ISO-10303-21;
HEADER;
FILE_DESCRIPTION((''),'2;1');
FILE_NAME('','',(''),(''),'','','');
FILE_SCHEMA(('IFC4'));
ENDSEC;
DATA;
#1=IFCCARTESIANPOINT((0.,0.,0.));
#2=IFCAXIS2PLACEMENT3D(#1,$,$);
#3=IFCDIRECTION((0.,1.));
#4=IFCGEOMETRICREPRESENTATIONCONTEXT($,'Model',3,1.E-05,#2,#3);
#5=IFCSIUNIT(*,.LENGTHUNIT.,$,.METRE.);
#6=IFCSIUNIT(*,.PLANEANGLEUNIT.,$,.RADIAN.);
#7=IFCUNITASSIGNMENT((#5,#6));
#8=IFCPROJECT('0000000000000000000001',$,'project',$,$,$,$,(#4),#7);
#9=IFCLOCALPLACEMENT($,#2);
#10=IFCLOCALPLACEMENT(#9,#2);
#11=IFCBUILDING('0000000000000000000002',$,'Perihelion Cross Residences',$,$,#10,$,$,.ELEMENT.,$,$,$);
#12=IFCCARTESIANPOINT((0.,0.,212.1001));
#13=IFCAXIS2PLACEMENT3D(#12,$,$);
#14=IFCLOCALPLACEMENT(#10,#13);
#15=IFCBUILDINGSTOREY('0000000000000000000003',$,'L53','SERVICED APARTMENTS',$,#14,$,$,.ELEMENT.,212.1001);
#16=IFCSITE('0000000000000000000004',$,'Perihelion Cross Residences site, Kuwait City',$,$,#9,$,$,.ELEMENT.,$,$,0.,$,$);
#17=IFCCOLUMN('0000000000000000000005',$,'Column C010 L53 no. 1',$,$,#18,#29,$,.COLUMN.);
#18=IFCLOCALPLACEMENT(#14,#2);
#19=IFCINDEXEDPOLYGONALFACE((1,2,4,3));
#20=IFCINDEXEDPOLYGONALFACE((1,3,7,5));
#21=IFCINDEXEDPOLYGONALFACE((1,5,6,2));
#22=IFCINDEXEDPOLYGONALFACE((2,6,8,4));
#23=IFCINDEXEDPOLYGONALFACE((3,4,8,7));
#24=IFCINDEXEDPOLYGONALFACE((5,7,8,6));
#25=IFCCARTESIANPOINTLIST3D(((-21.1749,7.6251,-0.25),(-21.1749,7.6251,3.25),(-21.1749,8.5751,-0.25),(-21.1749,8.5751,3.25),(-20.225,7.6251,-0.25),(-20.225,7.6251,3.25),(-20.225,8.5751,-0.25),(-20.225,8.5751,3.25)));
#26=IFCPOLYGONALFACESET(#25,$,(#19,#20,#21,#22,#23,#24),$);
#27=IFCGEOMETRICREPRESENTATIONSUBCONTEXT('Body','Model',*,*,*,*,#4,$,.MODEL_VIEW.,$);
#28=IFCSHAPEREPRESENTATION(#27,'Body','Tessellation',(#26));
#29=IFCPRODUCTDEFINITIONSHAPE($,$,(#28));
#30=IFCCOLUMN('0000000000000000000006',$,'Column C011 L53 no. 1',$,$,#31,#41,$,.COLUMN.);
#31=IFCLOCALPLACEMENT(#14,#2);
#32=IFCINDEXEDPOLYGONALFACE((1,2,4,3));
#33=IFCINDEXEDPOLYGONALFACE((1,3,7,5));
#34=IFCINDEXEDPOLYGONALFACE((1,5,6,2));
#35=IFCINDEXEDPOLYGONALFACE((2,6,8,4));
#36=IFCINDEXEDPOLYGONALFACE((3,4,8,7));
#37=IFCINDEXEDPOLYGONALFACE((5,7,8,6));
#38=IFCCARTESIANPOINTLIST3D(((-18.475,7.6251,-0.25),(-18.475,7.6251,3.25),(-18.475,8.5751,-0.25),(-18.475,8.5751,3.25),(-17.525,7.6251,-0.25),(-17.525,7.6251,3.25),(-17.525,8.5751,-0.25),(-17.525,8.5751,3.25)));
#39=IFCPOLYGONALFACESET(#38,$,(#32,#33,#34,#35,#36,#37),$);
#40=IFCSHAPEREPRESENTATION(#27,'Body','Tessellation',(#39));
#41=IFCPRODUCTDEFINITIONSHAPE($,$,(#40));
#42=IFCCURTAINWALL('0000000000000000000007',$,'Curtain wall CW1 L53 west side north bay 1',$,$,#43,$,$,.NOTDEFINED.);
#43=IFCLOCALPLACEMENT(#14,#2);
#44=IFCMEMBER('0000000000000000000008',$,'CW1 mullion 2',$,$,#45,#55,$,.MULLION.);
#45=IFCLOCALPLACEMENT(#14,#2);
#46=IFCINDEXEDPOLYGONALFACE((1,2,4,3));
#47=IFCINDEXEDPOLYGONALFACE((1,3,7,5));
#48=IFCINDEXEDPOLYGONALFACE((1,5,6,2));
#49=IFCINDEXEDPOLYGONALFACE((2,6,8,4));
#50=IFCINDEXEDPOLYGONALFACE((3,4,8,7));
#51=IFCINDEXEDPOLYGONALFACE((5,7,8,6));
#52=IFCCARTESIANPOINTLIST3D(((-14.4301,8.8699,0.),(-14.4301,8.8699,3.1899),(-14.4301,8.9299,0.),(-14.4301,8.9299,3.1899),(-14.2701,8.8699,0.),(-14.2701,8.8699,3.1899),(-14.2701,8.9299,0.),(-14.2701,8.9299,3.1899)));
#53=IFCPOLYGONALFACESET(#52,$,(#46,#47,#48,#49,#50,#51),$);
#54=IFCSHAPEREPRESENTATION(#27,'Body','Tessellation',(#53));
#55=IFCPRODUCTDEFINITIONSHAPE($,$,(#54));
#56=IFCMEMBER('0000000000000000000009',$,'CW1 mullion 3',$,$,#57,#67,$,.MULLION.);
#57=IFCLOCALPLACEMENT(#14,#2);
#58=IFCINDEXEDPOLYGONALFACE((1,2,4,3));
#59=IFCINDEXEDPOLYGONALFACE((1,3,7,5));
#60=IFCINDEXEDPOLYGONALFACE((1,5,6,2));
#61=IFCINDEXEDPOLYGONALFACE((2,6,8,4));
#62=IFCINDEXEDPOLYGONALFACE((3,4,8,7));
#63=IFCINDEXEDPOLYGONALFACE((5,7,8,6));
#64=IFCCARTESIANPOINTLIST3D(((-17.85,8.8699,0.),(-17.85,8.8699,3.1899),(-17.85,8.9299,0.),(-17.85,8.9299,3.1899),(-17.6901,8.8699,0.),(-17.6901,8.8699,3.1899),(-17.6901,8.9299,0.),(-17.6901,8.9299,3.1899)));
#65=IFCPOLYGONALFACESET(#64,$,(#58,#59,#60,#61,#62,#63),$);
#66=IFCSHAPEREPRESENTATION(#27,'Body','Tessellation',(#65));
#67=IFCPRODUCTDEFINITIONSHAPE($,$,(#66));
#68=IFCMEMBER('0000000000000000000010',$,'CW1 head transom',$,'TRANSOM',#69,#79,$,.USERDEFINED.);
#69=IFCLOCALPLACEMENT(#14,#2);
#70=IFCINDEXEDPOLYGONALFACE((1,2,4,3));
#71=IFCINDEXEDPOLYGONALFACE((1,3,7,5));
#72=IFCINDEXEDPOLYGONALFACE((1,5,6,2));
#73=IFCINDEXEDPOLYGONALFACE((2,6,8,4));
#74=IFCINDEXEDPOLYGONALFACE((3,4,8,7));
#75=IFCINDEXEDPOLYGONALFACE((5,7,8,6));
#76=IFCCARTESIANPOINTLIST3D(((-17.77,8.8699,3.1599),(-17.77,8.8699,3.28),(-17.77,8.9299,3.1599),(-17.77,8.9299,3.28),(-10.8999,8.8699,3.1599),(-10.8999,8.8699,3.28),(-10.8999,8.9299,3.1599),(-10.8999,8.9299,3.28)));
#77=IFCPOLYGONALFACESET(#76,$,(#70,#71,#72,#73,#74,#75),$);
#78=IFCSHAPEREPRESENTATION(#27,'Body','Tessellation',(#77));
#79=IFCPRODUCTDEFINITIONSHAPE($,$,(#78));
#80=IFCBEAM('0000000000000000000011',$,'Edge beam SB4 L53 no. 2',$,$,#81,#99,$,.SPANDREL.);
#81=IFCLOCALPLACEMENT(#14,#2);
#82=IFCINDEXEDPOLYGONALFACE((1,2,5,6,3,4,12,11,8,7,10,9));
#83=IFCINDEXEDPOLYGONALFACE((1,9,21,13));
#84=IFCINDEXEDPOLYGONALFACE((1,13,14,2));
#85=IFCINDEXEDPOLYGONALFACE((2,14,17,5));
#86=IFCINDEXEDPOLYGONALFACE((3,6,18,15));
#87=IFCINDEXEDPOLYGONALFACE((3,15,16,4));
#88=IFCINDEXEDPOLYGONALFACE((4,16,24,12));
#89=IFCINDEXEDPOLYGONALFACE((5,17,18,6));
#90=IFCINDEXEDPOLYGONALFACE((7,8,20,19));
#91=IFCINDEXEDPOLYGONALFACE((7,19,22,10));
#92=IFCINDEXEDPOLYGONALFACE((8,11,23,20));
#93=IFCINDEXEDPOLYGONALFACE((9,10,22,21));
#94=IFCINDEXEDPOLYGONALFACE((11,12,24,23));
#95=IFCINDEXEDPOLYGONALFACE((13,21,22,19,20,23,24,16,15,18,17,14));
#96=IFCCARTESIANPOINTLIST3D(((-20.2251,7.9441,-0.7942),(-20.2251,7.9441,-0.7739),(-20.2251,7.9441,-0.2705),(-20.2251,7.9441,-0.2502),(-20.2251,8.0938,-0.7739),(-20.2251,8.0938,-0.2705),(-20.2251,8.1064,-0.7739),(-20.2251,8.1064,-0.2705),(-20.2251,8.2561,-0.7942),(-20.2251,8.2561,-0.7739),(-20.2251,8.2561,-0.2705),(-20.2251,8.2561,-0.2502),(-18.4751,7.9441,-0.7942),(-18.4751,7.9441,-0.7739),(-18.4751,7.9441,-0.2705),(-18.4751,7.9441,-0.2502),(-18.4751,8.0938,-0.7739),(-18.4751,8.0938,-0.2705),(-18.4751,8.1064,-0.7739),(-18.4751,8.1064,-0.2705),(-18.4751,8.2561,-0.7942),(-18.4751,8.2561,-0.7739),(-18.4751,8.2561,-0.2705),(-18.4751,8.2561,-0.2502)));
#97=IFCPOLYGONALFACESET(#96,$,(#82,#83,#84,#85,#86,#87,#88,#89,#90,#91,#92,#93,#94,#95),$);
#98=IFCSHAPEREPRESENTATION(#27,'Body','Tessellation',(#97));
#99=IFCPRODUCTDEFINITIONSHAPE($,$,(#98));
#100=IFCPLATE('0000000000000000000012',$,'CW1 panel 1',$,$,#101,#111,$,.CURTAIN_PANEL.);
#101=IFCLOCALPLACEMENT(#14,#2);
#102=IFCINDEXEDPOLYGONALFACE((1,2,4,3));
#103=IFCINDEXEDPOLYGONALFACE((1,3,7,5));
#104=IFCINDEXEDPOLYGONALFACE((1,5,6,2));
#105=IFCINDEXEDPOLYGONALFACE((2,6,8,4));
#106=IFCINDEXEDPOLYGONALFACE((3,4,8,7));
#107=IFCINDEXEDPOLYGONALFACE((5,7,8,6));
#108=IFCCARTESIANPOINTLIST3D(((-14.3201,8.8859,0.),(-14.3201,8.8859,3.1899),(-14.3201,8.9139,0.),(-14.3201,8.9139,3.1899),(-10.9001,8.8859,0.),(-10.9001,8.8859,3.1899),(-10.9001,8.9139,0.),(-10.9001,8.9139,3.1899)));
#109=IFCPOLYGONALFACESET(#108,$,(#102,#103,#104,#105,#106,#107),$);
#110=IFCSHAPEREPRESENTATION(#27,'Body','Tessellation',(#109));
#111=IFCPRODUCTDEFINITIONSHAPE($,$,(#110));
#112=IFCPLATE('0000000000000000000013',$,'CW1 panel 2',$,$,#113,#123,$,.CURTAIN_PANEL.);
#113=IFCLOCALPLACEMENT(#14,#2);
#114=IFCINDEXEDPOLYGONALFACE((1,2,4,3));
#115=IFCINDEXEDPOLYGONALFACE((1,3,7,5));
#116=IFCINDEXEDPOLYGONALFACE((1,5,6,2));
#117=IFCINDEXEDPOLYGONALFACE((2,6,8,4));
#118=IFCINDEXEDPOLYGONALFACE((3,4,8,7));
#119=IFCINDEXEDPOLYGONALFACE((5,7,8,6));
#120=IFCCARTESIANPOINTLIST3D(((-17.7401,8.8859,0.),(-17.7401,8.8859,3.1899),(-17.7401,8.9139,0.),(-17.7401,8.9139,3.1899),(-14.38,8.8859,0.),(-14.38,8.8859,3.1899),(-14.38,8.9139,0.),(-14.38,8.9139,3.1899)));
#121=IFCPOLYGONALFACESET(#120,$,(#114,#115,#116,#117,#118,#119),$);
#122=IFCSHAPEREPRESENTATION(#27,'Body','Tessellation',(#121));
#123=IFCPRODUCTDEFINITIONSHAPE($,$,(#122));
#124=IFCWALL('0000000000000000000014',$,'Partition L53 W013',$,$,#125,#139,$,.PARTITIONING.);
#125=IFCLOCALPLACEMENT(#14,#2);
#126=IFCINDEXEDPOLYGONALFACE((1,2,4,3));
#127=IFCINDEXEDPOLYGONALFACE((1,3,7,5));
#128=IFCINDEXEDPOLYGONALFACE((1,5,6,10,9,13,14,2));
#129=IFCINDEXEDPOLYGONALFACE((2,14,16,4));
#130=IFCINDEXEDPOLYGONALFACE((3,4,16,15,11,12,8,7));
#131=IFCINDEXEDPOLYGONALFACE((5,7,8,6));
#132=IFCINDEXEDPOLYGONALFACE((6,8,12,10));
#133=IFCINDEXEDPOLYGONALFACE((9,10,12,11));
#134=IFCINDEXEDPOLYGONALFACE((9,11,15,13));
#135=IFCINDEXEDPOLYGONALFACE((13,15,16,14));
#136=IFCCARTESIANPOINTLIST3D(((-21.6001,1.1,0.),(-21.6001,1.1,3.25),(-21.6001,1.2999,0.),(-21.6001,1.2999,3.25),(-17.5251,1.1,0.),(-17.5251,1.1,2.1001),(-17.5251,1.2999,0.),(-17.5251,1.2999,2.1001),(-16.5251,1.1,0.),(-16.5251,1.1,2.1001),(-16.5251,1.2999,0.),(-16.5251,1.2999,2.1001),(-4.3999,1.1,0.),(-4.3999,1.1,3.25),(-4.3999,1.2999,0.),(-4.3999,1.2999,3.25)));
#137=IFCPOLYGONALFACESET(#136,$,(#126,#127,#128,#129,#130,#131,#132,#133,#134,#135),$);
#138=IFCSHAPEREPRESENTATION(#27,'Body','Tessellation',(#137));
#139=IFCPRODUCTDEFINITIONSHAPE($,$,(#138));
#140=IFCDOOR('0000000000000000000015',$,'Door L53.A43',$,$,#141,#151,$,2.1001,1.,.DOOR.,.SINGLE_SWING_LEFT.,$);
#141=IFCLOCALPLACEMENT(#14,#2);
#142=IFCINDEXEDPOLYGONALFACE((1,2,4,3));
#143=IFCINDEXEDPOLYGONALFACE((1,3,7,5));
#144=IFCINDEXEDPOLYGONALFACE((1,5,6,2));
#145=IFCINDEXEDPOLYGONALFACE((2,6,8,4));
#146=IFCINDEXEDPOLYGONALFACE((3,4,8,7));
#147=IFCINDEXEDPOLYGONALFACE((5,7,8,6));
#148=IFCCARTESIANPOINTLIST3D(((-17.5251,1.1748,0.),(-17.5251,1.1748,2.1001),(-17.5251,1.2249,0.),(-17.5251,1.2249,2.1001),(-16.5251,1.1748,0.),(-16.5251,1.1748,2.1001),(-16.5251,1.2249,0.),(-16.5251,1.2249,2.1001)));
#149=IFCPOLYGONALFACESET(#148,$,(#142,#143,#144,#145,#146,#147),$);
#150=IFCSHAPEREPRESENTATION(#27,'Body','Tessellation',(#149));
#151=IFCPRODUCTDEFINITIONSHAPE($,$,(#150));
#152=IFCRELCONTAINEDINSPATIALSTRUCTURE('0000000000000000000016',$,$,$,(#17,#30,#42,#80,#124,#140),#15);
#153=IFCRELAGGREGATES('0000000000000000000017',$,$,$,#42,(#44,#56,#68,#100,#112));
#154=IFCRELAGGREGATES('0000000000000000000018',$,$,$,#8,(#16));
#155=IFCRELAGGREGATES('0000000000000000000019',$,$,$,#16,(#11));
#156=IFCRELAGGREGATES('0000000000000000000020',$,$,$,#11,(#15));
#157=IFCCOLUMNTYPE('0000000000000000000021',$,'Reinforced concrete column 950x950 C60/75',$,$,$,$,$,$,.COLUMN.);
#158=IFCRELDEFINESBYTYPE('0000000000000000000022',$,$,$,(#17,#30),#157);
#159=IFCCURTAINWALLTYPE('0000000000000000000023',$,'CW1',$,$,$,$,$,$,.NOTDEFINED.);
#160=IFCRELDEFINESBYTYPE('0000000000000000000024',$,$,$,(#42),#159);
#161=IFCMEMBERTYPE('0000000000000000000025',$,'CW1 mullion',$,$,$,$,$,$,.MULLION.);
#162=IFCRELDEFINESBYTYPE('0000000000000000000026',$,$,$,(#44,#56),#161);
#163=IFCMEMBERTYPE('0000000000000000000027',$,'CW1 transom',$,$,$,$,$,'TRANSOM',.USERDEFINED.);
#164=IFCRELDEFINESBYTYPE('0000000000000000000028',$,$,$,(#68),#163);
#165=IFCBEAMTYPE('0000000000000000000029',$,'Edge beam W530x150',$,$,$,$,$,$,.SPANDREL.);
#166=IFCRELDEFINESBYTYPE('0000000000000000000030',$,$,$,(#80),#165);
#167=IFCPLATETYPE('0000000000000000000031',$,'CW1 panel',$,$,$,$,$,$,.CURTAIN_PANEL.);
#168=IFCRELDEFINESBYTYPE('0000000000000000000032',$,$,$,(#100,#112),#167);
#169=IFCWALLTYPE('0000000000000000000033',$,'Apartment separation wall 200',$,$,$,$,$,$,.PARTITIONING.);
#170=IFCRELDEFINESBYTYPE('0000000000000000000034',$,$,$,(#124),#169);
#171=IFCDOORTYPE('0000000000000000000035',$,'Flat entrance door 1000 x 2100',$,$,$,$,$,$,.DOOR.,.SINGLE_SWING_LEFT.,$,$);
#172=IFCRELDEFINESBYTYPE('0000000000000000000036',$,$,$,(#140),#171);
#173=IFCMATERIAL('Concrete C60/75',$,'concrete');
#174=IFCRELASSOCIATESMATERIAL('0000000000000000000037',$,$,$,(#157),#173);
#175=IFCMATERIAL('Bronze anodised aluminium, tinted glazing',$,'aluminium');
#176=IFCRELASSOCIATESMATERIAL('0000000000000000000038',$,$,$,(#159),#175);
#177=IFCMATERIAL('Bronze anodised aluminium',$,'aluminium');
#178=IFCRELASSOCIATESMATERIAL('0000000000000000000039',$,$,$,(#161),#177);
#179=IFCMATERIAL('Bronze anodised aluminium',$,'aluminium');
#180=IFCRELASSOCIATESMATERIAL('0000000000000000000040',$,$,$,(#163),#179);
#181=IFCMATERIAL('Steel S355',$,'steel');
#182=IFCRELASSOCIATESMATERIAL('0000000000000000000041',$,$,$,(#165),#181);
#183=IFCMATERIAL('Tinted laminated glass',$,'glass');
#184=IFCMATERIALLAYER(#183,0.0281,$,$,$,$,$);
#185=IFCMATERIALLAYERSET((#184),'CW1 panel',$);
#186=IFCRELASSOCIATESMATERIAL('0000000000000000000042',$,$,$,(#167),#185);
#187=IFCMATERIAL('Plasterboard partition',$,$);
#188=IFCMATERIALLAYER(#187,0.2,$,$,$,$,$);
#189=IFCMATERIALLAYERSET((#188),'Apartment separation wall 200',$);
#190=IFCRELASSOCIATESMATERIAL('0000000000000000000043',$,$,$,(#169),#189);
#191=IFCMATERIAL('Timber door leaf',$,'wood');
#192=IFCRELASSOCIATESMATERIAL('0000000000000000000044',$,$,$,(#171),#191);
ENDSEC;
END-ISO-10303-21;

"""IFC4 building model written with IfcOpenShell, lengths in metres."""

from ifc_helpers import new_model, si_unit, direction, frame, frame_2d, origin, origin_2d, place, context, subcontext, project, spatial, rectangle, i_section, extrude, material, layer, layer_set, material_profile, profile_set, type_object, element, fill, aggregate, save


model = new_model("IFC4")

# Units and contexts
model_context = context("Model", 3, precision=1e-05, world=origin(), true_north=direction((0.0, 1.0)))
body_context = subcontext(model_context, "Body", "Model", "MODEL_VIEW")
ifc_project = project(units=[si_unit("LENGTHUNIT", "METRE"), si_unit("PLANEANGLEUNIT", "RADIAN")], contexts=[model_context])

# Site, building, storey
site_placement = place(None, origin())
site = spatial("IfcSite", under=ifc_project, at=site_placement, Name="Perihelion Cross Residences site, Kuwait City", CompositionType="ELEMENT", RefElevation=0.0)
building_placement = place(site_placement, origin())
building = spatial("IfcBuilding", under=site, at=building_placement, Name="Perihelion Cross Residences", CompositionType="ELEMENT")
storey_placement = place(building_placement, frame((0.0, 0.0, 212.1001)))
storey = spatial("IfcBuildingStorey", under=building, at=storey_placement, Name="L53", Description="SERVICED APARTMENTS", CompositionType="ELEMENT", Elevation=212.1001)

# Columns
ifc_material_1 = material(Name="Concrete C60/75", Category="concrete")
ifc_material_profile_1 = material_profile(ifc_material_1, rectangle(XDim=0.95, YDim=0.95, at=origin_2d()), Name="RC 950x950")
ifc_profile_set_1 = profile_set([ifc_material_profile_1], Name="Concrete C60/75")
column_type = type_object("IfcColumnType", Name="Reinforced concrete column 950x950 C60/75", PredefinedType="COLUMN", material=ifc_profile_set_1)
for number, where, z_axis, x_axis, name in (
    (1, (-20.7, 8.1001, -0.25), (0.0, 0.0, 1.0), (1.0, 0.0, 0.0), "Column C010 L53 no. 1"),
    (2, (-18.0, 8.1001, -0.25), (0.0, 0.0, 1.0), (1.0, 0.0, 0.0), "Column C011 L53 no. 1"),
):
    element("IfcColumn", number, at=place(storey_placement, frame(where, z_axis=z_axis, x_axis=x_axis)), inside=storey, type_object=column_type, Name=name, PredefinedType="COLUMN", context=body_context, shape_type="SweptSolid", body=[
        extrude(rectangle(XDim=0.95, YDim=0.95, at=origin_2d()), origin(), (0.0, 0.0, 1.0), 3.5),
    ])

# Curtain wall, members
ifc_material_2 = material(Name="Bronze anodised aluminium, tinted glazing", Category="aluminium")
curtain_wall_type = type_object("IfcCurtainWallType", Name="CW1", PredefinedType="NOTDEFINED", material=ifc_material_2)
curtain_wall_placement = place(storey_placement, origin())
curtain_wall = element("IfcCurtainWall", 3, at=curtain_wall_placement, inside=storey, type_object=curtain_wall_type, Name="Curtain wall CW1 L53 west side north bay 1", PredefinedType="NOTDEFINED")
ifc_material_3 = material(Name="Bronze anodised aluminium", Category="aluminium")
ifc_material_profile_2 = material_profile(ifc_material_3, rectangle(XDim=0.0601, YDim=0.1599, at=origin_2d()), Name="CW1 mullion")
ifc_profile_set_2 = profile_set([ifc_material_profile_2], Name="Bronze anodised aluminium")
member_type_1 = type_object("IfcMemberType", Name="CW1 mullion", PredefinedType="MULLION", material=ifc_profile_set_2)
member_1_placement = place(storey_placement, frame((-14.3501, 8.8999, 0.0), z_axis=(0.0, 0.0, 1.0), x_axis=(0.0, -1.0, 0.0)))
member_1 = element("IfcMember", 4, at=member_1_placement, type_object=member_type_1, Name="CW1 mullion 2", PredefinedType="MULLION", context=body_context, shape_type="SweptSolid", body=[
    extrude(rectangle(XDim=0.0601, YDim=0.1599, at=origin_2d()), origin(), (0.0, 0.0, 1.0), 3.1899),
])
member_2_placement = place(storey_placement, frame((-17.77, 8.8999, 0.0), z_axis=(0.0, 0.0, 1.0), x_axis=(0.0, -1.0, 0.0)))
member_2 = element("IfcMember", 5, at=member_2_placement, type_object=member_type_1, Name="CW1 mullion 3", PredefinedType="MULLION", context=body_context, shape_type="SweptSolid", body=[
    extrude(rectangle(XDim=0.0601, YDim=0.1599, at=origin_2d()), origin(), (0.0, 0.0, 1.0), 3.1899),
])
ifc_material_4 = material(Name="Bronze anodised aluminium", Category="aluminium")
ifc_material_profile_3 = material_profile(ifc_material_4, rectangle(XDim=0.0601, YDim=0.1201, at=origin_2d()), Name="CW1 transom")
ifc_profile_set_3 = profile_set([ifc_material_profile_3], Name="Bronze anodised aluminium")
member_type_2 = type_object("IfcMemberType", Name="CW1 transom", ElementType="TRANSOM", PredefinedType="USERDEFINED", material=ifc_profile_set_3)
member_3_placement = place(storey_placement, frame((-10.8999, 8.8999, 3.22), z_axis=(-1.0, 0.0, 0.0), x_axis=(0.0, -1.0, 0.0)))
member_3 = element("IfcMember", 6, at=member_3_placement, type_object=member_type_2, Name="CW1 head transom", ObjectType="TRANSOM", PredefinedType="USERDEFINED", context=body_context, shape_type="SweptSolid", body=[
    extrude(rectangle(XDim=0.0601, YDim=0.1201, at=origin_2d()), origin(), (0.0, 0.0, 1.0), 6.8701),
])

# Beam
ifc_material_5 = material(Name="Steel S355", Category="steel")
ifc_material_profile_4 = material_profile(ifc_material_5, i_section(OverallWidth=0.312, OverallDepth=0.5439, WebThickness=0.0127, FlangeThickness=0.0203, at=origin_2d()), Name="W530x150")
ifc_profile_set_4 = profile_set([ifc_material_profile_4], Name="Steel S355")
beam_type = type_object("IfcBeamType", Name="Edge beam W530x150", PredefinedType="SPANDREL", material=ifc_profile_set_4)
beam_placement = place(storey_placement, frame((-18.4751, 8.1001, -0.5222), z_axis=(-1.0, 0.0, 0.0), x_axis=(0.0, -1.0, 0.0)))
element("IfcBeam", 7, at=beam_placement, inside=storey, type_object=beam_type, Name="Edge beam SB4 L53 no. 2", PredefinedType="SPANDREL", context=body_context, shape_type="SweptSolid", body=[
    extrude(i_section(OverallWidth=0.312, OverallDepth=0.5439, WebThickness=0.0127, FlangeThickness=0.0203, at=origin_2d()), origin(), (0.0, 0.0, 1.0), 1.75),
])

# Plates
ifc_material_6 = material(Name="Tinted laminated glass", Category="glass")
ifc_layer_1 = layer(ifc_material_6, 0.0281)
ifc_layer_set_1 = layer_set([ifc_layer_1], Name="CW1 panel")
plate_type = type_object("IfcPlateType", Name="CW1 panel", PredefinedType="CURTAIN_PANEL", material=ifc_layer_set_1)
plate_1_placement = place(storey_placement, frame((-12.6101, 8.8999, 0.0), z_axis=(0.0, 0.0, 1.0), x_axis=(-1.0, 0.0, 0.0)))
plate_1 = element("IfcPlate", 8, at=plate_1_placement, type_object=plate_type, Name="CW1 panel 1", PredefinedType="CURTAIN_PANEL", context=body_context, shape_type="SweptSolid", body=[
    extrude(rectangle(XDim=3.4199, YDim=0.0281, at=origin_2d()), origin(), (0.0, 0.0, 1.0), 3.1899),
])
plate_2_placement = place(storey_placement, frame((-16.0601, 8.8999, 0.0), z_axis=(0.0, 0.0, 1.0), x_axis=(-1.0, 0.0, 0.0)))
plate_2 = element("IfcPlate", 9, at=plate_2_placement, type_object=plate_type, Name="CW1 panel 2", PredefinedType="CURTAIN_PANEL", context=body_context, shape_type="SweptSolid", body=[
    extrude(rectangle(XDim=3.3601, YDim=0.0281, at=origin_2d()), origin(), (0.0, 0.0, 1.0), 3.1899),
])
aggregate(curtain_wall, [member_1, member_2, member_3, plate_1, plate_2])

# Wall, opening, door
ifc_material_7 = material(Name="Plasterboard partition")
ifc_layer_2 = layer(ifc_material_7, 0.2)
ifc_layer_set_2 = layer_set([ifc_layer_2], Name="Apartment separation wall 200")
wall_type_1 = type_object("IfcWallType", Name="Apartment separation wall 200", PredefinedType="PARTITIONING", material=ifc_layer_set_2)
wall_1_placement = place(storey_placement, frame((-21.6001, 1.2, 0.0), z_axis=(0.0, 0.0, 1.0), x_axis=(1.0, 0.0, 0.0)))
wall_1 = element("IfcWall", 10, at=wall_1_placement, inside=storey, type_object=wall_type_1, Name="Partition L53 W013", PredefinedType="PARTITIONING", context=body_context, shape_type="SweptSolid", body=[
    extrude(rectangle(XDim=17.2002, YDim=0.2, at=frame_2d((8.6001, 0.0))), origin(), (0.0, 0.0, 1.0), 3.25),
])
opening_1_placement = place(wall_1_placement, frame((4.075, 0.0, 0.0)))
opening_1 = element("IfcOpeningElement", 11, at=opening_1_placement, cuts=wall_1, PredefinedType="OPENING", context=body_context, shape_type="SweptSolid", body=[
    extrude(rectangle(XDim=1.0, YDim=2.1001, at=frame_2d((0.5, 1.05))), frame((0.0, 0.1099, 0.0), z_axis=(0.0, -1.0, 0.0), x_axis=(1.0, 0.0, 0.0)), (0.0, 0.0, 1.0), 0.22),
])
ifc_material_8 = material(Name="Timber door leaf", Category="wood")
door_type_1 = type_object("IfcDoorType", Name="Flat entrance door 1000 x 2100", OperationType="SINGLE_SWING_LEFT", PredefinedType="DOOR", material=ifc_material_8)
door_1_placement = place(opening_1_placement, origin())
door_1 = element("IfcDoor", 12, at=door_1_placement, inside=storey, type_object=door_type_1, Name="Door L53.A43", OperationType="SINGLE_SWING_LEFT", OverallHeight=2.1001, OverallWidth=1.0, PredefinedType="DOOR", context=body_context, shape_type="SweptSolid", body=[
    extrude(rectangle(XDim=1.0, YDim=2.1001, at=frame_2d((0.5, 1.05))), frame((0.0, 0.0249, 0.0), z_axis=(0.0, -1.0, 0.0), x_axis=(1.0, 0.0, 0.0)), (0.0, 0.0, 1.0), 0.05),
])
fill(opening_1, door_1)

save(model, "model.ifc")
